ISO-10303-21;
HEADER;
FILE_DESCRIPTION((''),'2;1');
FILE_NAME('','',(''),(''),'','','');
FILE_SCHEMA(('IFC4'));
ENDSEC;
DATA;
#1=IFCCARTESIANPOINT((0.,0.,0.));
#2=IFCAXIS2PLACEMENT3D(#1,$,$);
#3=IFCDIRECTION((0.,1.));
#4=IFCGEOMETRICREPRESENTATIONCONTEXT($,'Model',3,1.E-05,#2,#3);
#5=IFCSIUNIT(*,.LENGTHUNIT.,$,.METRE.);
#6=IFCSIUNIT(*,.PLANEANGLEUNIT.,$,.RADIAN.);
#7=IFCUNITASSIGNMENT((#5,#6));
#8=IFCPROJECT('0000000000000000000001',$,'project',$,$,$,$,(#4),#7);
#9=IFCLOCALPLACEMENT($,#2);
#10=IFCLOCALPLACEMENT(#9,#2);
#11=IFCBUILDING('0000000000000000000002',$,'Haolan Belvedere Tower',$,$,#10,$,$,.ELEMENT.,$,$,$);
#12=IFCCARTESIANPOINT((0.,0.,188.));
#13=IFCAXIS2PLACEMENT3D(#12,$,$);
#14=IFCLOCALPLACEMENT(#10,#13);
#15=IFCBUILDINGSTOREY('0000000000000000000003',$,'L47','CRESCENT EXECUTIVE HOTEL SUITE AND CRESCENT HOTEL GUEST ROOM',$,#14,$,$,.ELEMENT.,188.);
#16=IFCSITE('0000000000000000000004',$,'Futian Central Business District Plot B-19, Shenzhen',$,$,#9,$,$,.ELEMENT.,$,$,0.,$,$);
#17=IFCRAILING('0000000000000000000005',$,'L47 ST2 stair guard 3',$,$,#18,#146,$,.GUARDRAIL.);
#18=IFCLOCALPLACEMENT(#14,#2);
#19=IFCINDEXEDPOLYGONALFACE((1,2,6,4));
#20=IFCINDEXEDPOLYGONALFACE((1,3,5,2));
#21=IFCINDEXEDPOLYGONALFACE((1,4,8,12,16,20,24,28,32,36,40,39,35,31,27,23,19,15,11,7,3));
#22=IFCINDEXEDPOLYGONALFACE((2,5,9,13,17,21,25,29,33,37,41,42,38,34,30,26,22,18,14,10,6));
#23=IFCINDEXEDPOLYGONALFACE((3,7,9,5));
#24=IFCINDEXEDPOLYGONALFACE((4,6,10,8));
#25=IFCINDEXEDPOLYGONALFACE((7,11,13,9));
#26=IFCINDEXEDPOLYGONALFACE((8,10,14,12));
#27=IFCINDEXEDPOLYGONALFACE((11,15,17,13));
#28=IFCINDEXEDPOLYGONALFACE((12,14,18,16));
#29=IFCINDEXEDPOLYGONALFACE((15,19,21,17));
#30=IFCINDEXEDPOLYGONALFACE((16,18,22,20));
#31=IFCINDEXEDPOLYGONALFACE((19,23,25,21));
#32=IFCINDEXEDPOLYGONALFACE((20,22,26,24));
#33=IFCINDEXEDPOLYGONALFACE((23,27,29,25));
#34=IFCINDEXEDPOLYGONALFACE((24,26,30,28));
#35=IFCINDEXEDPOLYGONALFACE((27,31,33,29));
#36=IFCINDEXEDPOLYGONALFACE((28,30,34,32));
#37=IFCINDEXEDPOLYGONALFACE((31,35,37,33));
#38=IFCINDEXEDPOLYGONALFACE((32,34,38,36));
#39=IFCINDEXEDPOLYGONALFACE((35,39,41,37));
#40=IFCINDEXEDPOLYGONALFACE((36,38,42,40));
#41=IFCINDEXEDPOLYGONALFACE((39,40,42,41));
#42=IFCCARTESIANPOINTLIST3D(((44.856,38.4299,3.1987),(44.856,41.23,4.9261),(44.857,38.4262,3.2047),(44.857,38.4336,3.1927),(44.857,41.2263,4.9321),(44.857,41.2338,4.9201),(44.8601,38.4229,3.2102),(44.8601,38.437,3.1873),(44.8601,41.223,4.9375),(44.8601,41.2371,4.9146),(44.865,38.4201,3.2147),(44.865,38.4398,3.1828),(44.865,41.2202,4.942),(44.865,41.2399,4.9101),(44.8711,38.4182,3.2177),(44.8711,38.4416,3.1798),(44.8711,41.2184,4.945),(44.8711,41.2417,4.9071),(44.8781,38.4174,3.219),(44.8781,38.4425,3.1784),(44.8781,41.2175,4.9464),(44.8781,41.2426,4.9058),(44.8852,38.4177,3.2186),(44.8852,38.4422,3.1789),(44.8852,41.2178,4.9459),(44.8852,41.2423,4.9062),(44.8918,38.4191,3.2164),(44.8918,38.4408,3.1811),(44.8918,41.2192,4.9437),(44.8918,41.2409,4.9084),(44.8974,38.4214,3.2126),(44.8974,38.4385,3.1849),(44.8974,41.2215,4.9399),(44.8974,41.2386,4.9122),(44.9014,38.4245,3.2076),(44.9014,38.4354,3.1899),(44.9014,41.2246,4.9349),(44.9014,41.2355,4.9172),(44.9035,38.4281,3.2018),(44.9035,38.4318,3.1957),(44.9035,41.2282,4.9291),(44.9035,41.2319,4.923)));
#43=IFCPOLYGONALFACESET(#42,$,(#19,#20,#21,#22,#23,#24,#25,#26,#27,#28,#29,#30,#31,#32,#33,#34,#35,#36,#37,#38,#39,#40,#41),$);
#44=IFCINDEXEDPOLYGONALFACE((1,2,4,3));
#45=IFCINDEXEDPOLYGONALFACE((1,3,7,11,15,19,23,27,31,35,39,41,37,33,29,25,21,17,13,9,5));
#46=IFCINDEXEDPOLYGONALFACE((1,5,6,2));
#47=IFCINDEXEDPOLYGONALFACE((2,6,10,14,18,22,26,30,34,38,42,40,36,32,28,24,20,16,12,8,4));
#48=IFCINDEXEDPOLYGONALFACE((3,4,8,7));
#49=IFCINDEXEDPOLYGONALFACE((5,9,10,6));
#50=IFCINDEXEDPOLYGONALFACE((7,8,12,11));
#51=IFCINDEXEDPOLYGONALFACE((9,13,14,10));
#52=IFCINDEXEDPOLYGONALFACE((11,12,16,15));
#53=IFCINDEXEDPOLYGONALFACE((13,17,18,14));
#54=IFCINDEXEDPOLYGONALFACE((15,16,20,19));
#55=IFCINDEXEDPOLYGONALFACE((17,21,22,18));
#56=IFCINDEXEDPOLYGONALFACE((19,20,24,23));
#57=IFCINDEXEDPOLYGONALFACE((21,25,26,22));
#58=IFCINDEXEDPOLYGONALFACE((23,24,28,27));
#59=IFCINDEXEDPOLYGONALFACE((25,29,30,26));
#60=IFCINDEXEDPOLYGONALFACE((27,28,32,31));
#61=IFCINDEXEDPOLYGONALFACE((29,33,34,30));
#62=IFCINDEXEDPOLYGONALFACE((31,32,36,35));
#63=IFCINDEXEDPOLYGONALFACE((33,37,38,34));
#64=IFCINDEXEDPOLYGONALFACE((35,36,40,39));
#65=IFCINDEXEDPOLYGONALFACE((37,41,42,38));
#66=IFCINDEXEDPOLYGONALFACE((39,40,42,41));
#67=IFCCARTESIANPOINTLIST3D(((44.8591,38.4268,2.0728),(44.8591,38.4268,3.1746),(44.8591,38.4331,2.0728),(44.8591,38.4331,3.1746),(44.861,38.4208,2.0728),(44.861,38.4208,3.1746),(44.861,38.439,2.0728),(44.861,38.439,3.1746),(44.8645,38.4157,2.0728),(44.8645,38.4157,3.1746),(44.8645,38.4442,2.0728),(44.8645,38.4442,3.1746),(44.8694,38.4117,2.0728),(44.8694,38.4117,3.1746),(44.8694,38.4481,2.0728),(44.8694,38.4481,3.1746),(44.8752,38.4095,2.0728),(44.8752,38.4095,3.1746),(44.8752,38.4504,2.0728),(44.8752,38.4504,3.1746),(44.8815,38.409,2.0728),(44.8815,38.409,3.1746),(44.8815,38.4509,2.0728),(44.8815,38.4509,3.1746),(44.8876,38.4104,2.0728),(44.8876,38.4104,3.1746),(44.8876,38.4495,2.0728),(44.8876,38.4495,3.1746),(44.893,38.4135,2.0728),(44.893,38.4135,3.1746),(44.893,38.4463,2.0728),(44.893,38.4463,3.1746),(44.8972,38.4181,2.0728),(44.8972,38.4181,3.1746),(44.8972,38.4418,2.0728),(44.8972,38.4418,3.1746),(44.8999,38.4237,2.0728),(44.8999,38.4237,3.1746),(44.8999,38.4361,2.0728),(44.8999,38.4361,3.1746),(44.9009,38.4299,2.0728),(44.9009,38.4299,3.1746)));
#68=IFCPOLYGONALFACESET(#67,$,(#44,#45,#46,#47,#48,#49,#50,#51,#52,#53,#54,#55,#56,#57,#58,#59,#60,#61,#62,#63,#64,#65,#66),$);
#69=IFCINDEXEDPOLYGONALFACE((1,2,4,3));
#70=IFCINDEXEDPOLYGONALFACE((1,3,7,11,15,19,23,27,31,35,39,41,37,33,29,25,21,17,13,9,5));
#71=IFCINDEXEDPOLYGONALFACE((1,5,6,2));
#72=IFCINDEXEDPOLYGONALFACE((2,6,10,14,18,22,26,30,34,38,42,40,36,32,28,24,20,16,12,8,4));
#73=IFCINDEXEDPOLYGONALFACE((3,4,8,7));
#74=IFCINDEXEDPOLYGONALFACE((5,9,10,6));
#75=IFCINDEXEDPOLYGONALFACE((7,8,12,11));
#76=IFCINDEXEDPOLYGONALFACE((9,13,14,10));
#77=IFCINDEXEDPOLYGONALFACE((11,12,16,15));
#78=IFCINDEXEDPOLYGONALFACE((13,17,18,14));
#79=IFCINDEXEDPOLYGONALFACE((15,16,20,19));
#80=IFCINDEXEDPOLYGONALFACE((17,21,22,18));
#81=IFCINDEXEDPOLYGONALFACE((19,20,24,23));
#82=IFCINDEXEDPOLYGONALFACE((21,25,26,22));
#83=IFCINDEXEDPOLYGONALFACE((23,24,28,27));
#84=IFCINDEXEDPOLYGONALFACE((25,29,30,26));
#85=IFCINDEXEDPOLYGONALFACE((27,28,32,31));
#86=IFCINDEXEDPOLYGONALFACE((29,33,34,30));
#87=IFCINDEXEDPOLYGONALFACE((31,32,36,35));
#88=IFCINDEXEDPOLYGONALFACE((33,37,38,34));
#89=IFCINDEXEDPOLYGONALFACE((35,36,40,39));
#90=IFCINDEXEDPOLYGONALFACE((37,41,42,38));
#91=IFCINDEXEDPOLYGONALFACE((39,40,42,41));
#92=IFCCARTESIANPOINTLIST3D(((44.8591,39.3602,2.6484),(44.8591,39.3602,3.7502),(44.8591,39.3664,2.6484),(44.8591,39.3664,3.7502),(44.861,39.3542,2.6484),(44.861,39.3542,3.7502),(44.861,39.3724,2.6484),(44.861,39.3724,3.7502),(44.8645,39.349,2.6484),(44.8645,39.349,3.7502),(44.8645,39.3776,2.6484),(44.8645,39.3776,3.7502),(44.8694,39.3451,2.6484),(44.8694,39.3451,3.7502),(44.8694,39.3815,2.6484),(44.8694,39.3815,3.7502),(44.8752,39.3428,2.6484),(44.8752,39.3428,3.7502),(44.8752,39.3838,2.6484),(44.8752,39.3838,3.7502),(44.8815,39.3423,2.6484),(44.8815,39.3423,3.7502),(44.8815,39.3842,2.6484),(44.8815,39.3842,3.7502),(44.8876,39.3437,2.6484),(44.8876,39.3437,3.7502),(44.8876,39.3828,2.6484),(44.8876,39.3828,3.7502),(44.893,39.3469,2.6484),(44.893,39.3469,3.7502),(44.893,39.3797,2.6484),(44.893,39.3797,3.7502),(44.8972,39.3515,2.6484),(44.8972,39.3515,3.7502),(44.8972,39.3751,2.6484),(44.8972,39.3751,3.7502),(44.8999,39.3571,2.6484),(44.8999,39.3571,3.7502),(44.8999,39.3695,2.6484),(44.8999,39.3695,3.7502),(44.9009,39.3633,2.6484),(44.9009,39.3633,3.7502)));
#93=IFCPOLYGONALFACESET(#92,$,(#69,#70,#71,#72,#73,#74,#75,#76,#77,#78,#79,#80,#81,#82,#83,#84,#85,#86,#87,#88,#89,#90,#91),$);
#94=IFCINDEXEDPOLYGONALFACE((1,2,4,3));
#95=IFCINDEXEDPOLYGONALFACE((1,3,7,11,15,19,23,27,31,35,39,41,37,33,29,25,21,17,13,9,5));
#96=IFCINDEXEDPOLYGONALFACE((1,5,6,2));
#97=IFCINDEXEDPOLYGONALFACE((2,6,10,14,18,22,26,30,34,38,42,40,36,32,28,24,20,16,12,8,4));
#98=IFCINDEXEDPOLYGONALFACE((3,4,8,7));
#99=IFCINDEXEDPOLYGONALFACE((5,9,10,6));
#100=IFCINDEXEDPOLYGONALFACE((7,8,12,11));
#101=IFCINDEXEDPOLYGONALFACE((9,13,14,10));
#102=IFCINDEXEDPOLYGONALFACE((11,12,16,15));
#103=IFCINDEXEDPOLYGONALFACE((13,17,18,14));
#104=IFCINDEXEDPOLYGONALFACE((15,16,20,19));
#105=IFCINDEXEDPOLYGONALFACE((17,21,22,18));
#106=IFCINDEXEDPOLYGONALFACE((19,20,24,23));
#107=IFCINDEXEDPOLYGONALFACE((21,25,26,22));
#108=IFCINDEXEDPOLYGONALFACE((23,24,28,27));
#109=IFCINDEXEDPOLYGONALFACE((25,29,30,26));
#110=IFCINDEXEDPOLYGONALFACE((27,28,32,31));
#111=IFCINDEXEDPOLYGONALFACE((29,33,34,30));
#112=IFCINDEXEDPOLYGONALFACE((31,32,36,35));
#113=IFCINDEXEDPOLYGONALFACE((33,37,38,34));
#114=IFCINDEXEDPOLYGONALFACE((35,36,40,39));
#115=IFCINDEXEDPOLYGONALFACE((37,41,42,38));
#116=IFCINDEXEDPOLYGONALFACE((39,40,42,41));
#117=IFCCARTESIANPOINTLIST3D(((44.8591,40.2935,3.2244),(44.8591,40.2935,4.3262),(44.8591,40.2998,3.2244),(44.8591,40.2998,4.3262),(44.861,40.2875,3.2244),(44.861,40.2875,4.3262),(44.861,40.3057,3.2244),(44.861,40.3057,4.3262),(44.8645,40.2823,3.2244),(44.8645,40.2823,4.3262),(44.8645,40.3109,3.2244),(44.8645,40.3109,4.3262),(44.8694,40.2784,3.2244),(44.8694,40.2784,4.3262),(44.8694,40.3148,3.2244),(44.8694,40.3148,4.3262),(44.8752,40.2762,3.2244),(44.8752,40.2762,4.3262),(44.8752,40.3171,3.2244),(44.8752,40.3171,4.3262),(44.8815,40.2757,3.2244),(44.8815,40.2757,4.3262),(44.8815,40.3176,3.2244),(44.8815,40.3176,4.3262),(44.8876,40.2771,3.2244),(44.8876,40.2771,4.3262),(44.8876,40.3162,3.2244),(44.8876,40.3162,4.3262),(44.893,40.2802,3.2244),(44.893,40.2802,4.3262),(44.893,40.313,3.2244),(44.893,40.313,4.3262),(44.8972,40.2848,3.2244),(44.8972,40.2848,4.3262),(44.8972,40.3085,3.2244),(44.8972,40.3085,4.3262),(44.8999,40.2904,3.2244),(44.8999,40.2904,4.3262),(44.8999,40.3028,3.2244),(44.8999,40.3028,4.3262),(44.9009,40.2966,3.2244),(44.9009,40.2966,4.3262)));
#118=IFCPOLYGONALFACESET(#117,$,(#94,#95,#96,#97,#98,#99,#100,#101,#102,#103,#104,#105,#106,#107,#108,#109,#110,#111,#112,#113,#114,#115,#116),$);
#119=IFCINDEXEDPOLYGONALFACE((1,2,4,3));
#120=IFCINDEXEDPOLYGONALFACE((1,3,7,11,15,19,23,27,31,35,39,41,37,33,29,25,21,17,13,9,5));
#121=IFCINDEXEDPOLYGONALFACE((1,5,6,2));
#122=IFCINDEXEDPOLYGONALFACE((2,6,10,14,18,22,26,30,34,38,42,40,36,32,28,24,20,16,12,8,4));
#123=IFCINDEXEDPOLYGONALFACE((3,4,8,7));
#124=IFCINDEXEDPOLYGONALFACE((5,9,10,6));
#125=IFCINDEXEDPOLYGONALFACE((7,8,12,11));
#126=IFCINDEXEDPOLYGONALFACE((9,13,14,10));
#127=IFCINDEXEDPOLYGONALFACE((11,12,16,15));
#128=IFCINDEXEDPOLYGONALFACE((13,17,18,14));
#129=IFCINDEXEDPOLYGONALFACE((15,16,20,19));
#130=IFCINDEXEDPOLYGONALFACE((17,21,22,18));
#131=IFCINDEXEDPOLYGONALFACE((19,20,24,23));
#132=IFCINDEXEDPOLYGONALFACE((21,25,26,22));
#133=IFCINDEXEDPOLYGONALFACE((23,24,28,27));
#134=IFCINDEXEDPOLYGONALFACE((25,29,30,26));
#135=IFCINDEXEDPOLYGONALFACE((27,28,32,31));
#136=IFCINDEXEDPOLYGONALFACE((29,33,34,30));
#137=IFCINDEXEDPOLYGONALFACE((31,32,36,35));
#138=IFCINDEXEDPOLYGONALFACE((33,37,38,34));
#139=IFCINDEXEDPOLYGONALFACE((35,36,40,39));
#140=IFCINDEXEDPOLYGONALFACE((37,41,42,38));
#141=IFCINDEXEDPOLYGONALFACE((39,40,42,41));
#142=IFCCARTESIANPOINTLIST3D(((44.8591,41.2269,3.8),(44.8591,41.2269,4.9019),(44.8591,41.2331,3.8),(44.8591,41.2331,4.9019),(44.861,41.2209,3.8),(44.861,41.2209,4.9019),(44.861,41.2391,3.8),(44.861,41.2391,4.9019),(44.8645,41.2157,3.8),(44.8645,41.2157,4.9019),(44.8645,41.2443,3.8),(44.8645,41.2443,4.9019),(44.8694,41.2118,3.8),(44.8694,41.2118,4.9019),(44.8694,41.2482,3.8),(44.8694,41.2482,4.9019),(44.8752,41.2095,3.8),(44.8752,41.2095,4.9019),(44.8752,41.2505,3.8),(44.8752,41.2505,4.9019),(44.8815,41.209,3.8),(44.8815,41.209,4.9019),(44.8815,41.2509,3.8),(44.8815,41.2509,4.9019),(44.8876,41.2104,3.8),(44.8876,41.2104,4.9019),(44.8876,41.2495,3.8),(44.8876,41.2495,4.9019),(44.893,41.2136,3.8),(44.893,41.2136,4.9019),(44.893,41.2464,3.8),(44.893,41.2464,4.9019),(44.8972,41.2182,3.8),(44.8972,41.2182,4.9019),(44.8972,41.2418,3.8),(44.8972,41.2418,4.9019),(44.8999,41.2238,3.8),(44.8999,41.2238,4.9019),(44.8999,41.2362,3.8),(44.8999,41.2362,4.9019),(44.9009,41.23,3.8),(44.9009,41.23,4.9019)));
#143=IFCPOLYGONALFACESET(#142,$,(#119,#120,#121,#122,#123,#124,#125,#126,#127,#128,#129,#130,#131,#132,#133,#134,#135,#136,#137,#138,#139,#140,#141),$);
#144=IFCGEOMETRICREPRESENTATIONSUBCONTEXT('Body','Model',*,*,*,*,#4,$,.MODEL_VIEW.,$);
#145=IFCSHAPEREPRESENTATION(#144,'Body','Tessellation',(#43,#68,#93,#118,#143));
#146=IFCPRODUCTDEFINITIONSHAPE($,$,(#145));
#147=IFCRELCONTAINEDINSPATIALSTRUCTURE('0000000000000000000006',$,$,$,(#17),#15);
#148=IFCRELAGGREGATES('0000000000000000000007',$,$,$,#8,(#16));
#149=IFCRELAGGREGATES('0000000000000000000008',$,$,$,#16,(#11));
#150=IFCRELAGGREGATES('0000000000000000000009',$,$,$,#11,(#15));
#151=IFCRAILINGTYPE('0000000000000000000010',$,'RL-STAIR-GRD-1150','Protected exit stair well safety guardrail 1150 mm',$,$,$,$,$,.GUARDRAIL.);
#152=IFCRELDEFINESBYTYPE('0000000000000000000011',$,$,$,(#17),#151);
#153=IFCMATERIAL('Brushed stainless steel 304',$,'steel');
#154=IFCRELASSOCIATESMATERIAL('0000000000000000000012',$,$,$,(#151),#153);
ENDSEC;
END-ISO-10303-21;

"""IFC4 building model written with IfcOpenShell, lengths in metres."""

from ifc_helpers import new_model, si_unit, direction, frame, origin, origin_2d, place, context, subcontext, project, spatial, circle, extrude, material, type_object, element, save


model = new_model("IFC4")

# Units and contexts
model_context = context("Model", 3, precision=1e-05, world=origin(), true_north=direction((0.0, 1.0)))
body_context = subcontext(model_context, "Body", "Model", "MODEL_VIEW")
ifc_project = project(units=[si_unit("LENGTHUNIT", "METRE"), si_unit("PLANEANGLEUNIT", "RADIAN")], contexts=[model_context])

# Site, building, storey
site_placement = place(None, origin())
site = spatial("IfcSite", under=ifc_project, at=site_placement, Name="Futian Central Business District Plot B-19, Shenzhen", CompositionType="ELEMENT", RefElevation=0.0)
building_placement = place(site_placement, origin())
building = spatial("IfcBuilding", under=site, at=building_placement, Name="Haolan Belvedere Tower", CompositionType="ELEMENT")
storey_placement = place(building_placement, frame((0.0, 0.0, 188.0)))
storey = spatial("IfcBuildingStorey", under=building, at=storey_placement, Name="L47", Description="CRESCENT EXECUTIVE HOTEL SUITE AND CRESCENT HOTEL GUEST ROOM", CompositionType="ELEMENT", Elevation=188.0)

# Railing
ifc_material_1 = material(Name="Brushed stainless steel 304", Category="steel")
railing_type_1 = type_object("IfcRailingType", Name="RL-STAIR-GRD-1150", Description="Protected exit stair well safety guardrail 1150 mm", PredefinedType="GUARDRAIL", material=ifc_material_1)
railing_1_placement = place(storey_placement, frame((44.8799, 38.4299, 2.0728)))
element("IfcRailing", 1, at=railing_1_placement, inside=storey, type_object=railing_type_1, Name="L47 ST2 stair guard 3", PredefinedType="GUARDRAIL", context=body_context, shape_type="SweptSolid", body=[
    extrude(circle(Radius=0.0239, at=origin_2d()), frame((0.0, 0.0, 1.126), z_axis=(0.0, 0.85109, 0.52502), x_axis=(-1.0, 0.0, 0.0)), (0.0, 0.0, 1.0), 3.29),
    extrude(circle(Radius=0.021, at=origin_2d()), origin(), (0.0, 0.0, 1.0), 1.1018),
    extrude(circle(Radius=0.021, at=origin_2d()), frame((0.0, 0.9333, 0.5757)), (0.0, 0.0, 1.0), 1.1018),
    extrude(circle(Radius=0.021, at=origin_2d()), frame((0.0, 1.8667, 1.1516)), (0.0, 0.0, 1.0), 1.1018),
    extrude(circle(Radius=0.021, at=origin_2d()), frame((0.0, 2.8, 1.7273)), (0.0, 0.0, 1.0), 1.1018),
])

save(model, "model.ifc")
